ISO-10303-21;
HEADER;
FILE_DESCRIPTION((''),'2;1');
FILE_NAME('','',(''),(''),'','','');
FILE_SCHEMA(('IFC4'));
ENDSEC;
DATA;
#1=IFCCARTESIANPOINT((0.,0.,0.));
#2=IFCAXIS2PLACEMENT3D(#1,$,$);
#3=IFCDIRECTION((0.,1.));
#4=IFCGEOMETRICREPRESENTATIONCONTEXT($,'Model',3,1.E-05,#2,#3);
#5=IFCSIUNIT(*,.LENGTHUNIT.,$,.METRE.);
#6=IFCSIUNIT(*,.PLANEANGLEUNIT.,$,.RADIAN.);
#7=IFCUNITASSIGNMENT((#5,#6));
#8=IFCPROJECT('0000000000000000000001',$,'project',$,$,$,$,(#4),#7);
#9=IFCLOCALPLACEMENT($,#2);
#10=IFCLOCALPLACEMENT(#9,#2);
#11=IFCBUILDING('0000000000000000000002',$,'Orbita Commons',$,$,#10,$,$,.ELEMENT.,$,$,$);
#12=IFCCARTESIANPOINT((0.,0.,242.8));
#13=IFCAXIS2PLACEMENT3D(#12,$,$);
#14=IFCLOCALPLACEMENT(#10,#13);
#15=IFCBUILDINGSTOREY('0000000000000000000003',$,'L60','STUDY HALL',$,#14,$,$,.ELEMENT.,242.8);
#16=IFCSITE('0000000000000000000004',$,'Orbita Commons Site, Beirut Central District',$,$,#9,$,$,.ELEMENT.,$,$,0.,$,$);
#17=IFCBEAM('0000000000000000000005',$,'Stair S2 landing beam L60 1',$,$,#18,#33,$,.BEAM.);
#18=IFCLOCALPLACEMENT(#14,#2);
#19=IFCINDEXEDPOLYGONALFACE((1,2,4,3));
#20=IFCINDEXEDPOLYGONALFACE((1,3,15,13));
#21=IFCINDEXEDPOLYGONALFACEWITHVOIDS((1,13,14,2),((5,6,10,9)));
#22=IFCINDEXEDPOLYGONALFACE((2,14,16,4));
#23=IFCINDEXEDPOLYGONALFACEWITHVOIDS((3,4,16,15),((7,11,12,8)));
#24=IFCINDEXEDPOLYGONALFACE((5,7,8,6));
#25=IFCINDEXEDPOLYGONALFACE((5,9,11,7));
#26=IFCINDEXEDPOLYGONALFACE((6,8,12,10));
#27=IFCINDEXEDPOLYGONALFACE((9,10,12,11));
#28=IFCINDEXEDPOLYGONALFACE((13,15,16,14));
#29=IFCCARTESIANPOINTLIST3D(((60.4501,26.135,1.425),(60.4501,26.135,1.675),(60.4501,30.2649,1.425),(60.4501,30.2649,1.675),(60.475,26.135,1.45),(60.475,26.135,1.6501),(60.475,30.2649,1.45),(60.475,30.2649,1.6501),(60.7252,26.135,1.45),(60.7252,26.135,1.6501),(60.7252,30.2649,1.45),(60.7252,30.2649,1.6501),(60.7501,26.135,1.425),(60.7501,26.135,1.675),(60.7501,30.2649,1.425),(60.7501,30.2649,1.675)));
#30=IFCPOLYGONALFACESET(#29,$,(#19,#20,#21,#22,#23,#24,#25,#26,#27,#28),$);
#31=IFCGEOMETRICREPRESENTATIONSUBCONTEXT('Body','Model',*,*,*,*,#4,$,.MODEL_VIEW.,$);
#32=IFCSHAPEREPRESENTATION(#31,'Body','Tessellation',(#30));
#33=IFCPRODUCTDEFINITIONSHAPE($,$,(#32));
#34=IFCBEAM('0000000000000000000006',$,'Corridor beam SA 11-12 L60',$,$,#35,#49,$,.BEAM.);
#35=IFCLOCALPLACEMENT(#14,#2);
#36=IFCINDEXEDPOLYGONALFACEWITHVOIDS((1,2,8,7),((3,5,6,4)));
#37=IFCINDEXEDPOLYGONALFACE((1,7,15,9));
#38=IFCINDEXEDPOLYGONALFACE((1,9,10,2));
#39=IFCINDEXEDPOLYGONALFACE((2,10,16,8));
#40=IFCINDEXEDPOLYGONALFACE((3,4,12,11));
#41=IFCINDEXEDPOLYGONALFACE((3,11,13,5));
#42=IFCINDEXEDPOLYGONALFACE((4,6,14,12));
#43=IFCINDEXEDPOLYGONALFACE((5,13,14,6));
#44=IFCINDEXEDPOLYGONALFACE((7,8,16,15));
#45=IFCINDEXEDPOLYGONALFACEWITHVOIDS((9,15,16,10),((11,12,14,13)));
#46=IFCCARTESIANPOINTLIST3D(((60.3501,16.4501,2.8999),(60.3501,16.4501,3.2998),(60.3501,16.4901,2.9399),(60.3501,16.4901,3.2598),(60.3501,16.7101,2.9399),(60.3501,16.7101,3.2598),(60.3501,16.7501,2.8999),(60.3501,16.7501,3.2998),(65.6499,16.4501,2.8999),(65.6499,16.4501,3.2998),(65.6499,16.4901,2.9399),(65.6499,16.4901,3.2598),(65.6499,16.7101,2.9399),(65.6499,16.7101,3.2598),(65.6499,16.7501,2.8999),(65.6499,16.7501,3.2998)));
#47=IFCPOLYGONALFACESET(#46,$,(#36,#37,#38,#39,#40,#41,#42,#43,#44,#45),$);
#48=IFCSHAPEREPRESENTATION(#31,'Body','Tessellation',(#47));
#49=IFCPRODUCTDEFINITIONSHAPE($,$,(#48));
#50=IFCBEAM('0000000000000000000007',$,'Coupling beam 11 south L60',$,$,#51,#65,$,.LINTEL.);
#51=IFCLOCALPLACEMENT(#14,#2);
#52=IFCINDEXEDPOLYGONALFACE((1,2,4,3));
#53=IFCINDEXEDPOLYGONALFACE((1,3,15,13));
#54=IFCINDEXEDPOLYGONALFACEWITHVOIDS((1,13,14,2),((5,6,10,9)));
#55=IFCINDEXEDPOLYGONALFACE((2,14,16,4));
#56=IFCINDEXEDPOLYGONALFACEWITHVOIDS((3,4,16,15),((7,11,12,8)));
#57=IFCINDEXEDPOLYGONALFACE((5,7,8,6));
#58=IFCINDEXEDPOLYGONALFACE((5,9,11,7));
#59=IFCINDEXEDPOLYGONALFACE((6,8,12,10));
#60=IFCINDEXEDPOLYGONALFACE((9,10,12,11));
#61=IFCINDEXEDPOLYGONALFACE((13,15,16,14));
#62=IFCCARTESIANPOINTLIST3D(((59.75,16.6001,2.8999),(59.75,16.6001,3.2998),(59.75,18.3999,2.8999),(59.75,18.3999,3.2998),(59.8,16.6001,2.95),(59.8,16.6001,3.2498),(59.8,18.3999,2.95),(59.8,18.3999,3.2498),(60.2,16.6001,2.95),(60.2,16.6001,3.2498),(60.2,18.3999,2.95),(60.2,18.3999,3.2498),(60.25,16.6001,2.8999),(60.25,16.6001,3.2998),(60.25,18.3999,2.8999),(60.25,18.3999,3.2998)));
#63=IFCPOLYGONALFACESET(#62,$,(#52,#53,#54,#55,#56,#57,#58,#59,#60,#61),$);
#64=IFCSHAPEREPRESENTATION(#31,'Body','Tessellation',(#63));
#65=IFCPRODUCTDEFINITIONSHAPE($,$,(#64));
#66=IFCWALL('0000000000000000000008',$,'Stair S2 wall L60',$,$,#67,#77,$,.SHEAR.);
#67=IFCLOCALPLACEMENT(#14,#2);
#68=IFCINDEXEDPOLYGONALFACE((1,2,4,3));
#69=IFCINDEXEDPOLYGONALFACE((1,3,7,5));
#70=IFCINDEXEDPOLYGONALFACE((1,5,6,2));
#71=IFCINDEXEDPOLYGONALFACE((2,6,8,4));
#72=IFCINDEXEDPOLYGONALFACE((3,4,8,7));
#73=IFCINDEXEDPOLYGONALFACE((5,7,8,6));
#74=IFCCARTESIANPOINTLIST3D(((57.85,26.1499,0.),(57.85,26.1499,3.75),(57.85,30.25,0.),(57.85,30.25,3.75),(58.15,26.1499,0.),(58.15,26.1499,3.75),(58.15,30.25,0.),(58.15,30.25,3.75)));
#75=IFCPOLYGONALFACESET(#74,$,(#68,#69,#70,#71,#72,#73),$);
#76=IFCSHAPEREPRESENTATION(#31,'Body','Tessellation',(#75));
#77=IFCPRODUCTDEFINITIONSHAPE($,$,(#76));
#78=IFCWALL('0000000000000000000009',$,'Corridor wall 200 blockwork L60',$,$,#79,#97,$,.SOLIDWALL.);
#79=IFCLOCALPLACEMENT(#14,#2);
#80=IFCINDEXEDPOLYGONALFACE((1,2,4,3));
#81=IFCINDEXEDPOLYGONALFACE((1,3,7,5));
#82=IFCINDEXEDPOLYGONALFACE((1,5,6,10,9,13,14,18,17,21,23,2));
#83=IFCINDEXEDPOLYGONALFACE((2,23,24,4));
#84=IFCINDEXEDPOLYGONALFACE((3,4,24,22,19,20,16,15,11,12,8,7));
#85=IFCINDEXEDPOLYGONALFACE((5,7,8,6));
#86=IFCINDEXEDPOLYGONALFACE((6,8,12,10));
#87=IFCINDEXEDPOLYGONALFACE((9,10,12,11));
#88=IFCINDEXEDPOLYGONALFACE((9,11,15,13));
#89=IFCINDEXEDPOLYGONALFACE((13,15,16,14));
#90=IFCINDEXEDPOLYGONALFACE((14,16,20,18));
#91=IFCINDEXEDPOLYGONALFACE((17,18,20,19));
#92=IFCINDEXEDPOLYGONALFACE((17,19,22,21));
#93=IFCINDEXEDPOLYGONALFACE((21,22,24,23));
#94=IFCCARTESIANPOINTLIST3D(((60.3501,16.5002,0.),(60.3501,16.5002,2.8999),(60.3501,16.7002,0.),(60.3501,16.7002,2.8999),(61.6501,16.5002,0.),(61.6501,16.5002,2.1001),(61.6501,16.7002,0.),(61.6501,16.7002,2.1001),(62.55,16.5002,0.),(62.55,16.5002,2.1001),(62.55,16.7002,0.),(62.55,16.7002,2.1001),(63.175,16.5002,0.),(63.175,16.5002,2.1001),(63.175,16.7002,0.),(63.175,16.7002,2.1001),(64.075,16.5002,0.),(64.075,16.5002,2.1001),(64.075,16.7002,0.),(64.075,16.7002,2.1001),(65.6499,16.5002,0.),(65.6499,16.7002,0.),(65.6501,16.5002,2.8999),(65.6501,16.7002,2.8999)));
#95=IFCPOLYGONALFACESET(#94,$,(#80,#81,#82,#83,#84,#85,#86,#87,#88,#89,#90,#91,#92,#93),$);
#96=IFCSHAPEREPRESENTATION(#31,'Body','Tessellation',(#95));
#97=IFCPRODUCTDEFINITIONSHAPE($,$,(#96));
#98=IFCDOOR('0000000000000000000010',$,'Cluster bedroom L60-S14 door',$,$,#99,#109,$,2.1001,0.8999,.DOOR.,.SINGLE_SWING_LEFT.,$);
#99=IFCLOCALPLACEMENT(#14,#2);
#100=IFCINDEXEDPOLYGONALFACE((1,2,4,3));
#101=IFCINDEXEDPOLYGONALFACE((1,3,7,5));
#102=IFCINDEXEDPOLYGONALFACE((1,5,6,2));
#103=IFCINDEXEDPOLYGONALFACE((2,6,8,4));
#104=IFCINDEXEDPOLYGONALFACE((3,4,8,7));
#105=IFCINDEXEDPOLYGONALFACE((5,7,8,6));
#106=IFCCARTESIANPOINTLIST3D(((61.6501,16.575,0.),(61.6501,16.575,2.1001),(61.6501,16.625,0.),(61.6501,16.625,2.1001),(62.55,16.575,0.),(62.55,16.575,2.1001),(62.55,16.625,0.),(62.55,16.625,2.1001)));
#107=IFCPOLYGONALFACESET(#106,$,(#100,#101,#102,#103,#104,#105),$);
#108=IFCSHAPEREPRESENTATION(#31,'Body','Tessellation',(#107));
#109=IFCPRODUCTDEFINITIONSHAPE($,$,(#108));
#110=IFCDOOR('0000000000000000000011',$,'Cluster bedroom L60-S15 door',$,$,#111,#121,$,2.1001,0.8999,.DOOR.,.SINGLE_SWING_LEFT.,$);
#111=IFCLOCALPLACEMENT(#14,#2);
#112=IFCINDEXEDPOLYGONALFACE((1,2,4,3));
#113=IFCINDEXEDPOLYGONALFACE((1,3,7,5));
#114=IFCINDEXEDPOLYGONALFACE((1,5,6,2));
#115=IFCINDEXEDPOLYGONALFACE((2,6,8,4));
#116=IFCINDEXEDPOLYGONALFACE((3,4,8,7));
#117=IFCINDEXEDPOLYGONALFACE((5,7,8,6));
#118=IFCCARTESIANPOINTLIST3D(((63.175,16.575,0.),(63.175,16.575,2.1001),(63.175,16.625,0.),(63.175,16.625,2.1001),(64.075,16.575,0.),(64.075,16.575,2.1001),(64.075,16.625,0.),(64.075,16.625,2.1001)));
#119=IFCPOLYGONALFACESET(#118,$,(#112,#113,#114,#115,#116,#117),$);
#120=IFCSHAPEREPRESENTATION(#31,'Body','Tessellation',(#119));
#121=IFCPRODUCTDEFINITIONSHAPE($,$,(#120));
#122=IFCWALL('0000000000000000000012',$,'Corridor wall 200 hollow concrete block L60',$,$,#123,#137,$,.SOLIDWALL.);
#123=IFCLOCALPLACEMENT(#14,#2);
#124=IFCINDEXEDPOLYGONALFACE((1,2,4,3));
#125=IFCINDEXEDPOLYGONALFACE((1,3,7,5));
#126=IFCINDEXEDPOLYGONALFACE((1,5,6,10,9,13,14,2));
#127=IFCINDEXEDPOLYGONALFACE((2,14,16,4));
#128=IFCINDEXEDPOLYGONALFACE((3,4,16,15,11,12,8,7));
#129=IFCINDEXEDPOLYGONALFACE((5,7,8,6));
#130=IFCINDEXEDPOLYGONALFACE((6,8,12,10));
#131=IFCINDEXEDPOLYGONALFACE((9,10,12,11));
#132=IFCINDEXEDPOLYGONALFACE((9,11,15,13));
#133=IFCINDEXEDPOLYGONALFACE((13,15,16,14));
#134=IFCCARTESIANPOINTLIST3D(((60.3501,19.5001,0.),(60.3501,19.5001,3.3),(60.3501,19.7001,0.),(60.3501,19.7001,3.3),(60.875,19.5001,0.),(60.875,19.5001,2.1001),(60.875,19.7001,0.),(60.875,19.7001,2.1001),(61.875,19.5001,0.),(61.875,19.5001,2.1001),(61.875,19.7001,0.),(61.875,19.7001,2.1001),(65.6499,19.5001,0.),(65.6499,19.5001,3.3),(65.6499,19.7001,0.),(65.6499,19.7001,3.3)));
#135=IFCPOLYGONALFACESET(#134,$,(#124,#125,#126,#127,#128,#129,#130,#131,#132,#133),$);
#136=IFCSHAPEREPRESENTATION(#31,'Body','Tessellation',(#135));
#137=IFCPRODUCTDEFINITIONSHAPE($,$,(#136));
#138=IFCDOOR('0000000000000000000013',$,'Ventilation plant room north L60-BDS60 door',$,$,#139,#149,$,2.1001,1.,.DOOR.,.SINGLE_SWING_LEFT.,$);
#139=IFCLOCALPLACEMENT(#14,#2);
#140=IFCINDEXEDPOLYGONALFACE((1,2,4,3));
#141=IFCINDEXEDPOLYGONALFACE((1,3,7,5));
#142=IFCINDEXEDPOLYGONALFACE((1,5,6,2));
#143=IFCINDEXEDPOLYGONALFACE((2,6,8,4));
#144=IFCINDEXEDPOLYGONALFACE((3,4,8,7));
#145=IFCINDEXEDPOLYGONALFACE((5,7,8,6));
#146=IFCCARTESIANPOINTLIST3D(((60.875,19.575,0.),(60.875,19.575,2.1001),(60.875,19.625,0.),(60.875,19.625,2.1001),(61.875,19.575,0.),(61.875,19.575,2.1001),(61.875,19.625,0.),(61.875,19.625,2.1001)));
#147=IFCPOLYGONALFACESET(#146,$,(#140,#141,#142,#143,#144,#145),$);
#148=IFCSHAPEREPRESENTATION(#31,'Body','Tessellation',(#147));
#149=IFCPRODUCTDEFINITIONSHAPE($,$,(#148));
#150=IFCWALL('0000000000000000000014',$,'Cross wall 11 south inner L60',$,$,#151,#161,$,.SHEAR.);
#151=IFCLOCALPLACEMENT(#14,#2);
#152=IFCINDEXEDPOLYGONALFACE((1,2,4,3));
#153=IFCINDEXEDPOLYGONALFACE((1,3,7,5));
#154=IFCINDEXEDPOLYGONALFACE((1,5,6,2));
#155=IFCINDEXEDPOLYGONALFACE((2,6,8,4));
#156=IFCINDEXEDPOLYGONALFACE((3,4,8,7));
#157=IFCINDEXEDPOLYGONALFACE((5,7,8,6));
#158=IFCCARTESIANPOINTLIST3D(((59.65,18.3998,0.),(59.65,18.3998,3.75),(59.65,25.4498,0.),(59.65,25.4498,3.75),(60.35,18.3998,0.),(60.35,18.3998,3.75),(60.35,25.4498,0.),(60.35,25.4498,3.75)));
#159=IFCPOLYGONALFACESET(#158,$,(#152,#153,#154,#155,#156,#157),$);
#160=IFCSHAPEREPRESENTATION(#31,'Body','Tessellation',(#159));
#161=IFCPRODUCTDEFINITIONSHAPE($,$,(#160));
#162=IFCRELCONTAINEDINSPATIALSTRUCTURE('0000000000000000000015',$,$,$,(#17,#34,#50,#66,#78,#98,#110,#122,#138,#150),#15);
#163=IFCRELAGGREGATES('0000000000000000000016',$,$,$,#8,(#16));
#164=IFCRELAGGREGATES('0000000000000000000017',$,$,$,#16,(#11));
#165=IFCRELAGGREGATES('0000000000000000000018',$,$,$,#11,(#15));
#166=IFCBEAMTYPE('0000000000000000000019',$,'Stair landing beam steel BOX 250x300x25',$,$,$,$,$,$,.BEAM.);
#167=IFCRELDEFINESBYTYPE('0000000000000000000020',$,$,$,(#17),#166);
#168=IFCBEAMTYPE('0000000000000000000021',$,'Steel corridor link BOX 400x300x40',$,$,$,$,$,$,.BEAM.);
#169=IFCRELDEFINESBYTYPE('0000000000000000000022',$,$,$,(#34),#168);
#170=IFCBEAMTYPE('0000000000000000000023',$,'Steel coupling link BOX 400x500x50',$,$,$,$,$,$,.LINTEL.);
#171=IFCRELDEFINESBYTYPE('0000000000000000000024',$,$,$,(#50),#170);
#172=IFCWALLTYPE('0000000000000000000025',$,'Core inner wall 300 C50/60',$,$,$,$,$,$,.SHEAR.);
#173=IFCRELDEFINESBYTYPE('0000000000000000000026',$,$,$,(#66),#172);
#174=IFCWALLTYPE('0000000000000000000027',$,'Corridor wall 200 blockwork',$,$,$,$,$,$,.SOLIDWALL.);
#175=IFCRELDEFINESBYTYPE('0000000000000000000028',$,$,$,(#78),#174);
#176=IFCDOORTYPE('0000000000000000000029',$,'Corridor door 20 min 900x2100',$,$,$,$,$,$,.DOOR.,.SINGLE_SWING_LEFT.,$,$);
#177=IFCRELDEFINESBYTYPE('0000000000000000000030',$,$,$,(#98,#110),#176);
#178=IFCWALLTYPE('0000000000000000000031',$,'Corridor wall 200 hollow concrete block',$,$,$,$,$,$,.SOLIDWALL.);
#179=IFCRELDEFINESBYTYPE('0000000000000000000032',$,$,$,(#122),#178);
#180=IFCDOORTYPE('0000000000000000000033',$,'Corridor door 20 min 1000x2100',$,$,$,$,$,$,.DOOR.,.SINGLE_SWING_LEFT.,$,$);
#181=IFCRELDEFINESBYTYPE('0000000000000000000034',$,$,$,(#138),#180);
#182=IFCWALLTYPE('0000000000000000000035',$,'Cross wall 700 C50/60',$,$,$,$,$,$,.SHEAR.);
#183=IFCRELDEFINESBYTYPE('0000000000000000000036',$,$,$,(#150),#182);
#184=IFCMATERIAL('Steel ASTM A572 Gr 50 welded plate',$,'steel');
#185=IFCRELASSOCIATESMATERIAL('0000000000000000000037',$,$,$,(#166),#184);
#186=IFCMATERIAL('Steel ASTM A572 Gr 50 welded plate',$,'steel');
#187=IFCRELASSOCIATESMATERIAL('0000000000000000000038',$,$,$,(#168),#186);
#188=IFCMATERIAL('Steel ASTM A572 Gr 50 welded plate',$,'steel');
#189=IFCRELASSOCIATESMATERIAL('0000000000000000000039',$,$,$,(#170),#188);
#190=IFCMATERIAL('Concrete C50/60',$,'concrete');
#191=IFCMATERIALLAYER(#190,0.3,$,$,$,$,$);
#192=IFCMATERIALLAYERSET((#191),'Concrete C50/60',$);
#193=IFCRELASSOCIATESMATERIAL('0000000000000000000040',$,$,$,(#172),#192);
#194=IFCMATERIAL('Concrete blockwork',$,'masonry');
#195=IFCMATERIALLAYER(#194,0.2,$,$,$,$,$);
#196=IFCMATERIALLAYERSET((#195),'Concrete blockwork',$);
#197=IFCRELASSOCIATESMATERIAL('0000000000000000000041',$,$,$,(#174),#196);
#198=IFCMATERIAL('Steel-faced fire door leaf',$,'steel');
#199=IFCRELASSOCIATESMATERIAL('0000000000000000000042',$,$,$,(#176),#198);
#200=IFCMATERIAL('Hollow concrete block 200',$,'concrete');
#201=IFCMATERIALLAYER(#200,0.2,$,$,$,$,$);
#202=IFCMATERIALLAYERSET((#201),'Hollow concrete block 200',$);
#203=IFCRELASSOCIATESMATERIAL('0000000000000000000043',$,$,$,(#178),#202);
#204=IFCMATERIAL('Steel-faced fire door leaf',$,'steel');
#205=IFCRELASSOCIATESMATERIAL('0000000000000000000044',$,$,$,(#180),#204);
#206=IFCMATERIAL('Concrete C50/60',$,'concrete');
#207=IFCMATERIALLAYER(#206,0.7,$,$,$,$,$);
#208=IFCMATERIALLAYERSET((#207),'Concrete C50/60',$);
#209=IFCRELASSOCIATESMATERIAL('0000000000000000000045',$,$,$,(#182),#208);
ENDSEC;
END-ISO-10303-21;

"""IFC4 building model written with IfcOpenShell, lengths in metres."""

from ifc_helpers import new_model, si_unit, direction, frame, frame_2d, origin, origin_2d, place, context, subcontext, project, spatial, polyline, rectangle, hollow_rectangle, outline, extrude, material, layer, layer_set, material_profile, profile_set, type_object, element, fill, save


model = new_model("IFC4")

# Units and contexts
model_context = context("Model", 3, precision=1e-05, world=origin(), true_north=direction((0.0, 1.0)))
body_context = subcontext(model_context, "Body", "Model", "MODEL_VIEW")
ifc_project = project(units=[si_unit("LENGTHUNIT", "METRE"), si_unit("PLANEANGLEUNIT", "RADIAN")], contexts=[model_context])

# Site, building, storey
site_placement = place(None, origin())
site = spatial("IfcSite", under=ifc_project, at=site_placement, Name="Orbita Commons Site, Beirut Central District", CompositionType="ELEMENT", RefElevation=0.0)
building_placement = place(site_placement, origin())
building = spatial("IfcBuilding", under=site, at=building_placement, Name="Orbita Commons", CompositionType="ELEMENT")
storey_placement = place(building_placement, frame((0.0, 0.0, 242.8)))
storey = spatial("IfcBuildingStorey", under=building, at=storey_placement, Name="L60", Description="STUDY HALL", CompositionType="ELEMENT", Elevation=242.8)

# Beams
ifc_material_1 = material(Name="Steel ASTM A572 Gr 50 welded plate", Category="steel")
ifc_material_profile_1 = material_profile(ifc_material_1, hollow_rectangle(XDim=0.3, YDim=0.25, WallThickness=0.0249, at=origin_2d()), Name="BOX 250x300x25")
ifc_profile_set_1 = profile_set([ifc_material_profile_1], Name="Steel ASTM A572 Gr 50 welded plate")
beam_type_1 = type_object("IfcBeamType", Name="Stair landing beam steel BOX 250x300x25", PredefinedType="BEAM", material=ifc_profile_set_1)
beam_1_placement = place(storey_placement, frame((60.6001, 26.135, 1.55), z_axis=(0.0, 1.0, 0.0), x_axis=(-1.0, 0.0, 0.0)))
element("IfcBeam", 1, at=beam_1_placement, inside=storey, type_object=beam_type_1, Name="Stair S2 landing beam L60 1", PredefinedType="BEAM", context=body_context, shape_type="SweptSolid", body=[
    extrude(hollow_rectangle(XDim=0.3, YDim=0.25, WallThickness=0.0249, at=origin_2d()), origin(), (0.0, 0.0, 1.0), 4.1299),
])
ifc_material_2 = material(Name="Steel ASTM A572 Gr 50 welded plate", Category="steel")
ifc_material_profile_2 = material_profile(ifc_material_2, hollow_rectangle(XDim=0.3, YDim=0.3999, WallThickness=0.04, at=origin_2d()), Name="BOX 400x300x40")
ifc_profile_set_2 = profile_set([ifc_material_profile_2], Name="Steel ASTM A572 Gr 50 welded plate")
beam_type_2 = type_object("IfcBeamType", Name="Steel corridor link BOX 400x300x40", PredefinedType="BEAM", material=ifc_profile_set_2)
beam_2_placement = place(storey_placement, frame((60.3501, 16.6001, 3.0999), z_axis=(1.0, 0.0, 0.0), x_axis=(0.0, 1.0, 0.0)))
element("IfcBeam", 2, at=beam_2_placement, inside=storey, type_object=beam_type_2, Name="Corridor beam SA 11-12 L60", PredefinedType="BEAM", context=body_context, shape_type="SweptSolid", body=[
    extrude(hollow_rectangle(XDim=0.3, YDim=0.3999, WallThickness=0.04, at=origin_2d()), origin(), (0.0, 0.0, 1.0), 5.2998),
])
ifc_material_3 = material(Name="Steel ASTM A572 Gr 50 welded plate", Category="steel")
ifc_material_profile_3 = material_profile(ifc_material_3, hollow_rectangle(XDim=0.5, YDim=0.3999, WallThickness=0.05, at=origin_2d()), Name="BOX 400x500x50")
ifc_profile_set_3 = profile_set([ifc_material_profile_3], Name="Steel ASTM A572 Gr 50 welded plate")
beam_type_3 = type_object("IfcBeamType", Name="Steel coupling link BOX 400x500x50", PredefinedType="LINTEL", material=ifc_profile_set_3)
beam_3_placement = place(storey_placement, frame((60.0, 16.6001, 3.0999), z_axis=(0.0, 1.0, 0.0), x_axis=(-1.0, 0.0, 0.0)))
element("IfcBeam", 3, at=beam_3_placement, inside=storey, type_object=beam_type_3, Name="Coupling beam 11 south L60", PredefinedType="LINTEL", context=body_context, shape_type="SweptSolid", body=[
    extrude(hollow_rectangle(XDim=0.5, YDim=0.3999, WallThickness=0.05, at=origin_2d()), origin(), (0.0, 0.0, 1.0), 1.7998),
])

# Wall
ifc_material_4 = material(Name="Concrete C50/60", Category="concrete")
ifc_layer_1 = layer(ifc_material_4, 0.3)
ifc_layer_set_1 = layer_set([ifc_layer_1], Name="Concrete C50/60")
wall_type_1 = type_object("IfcWallType", Name="Core inner wall 300 C50/60", PredefinedType="SHEAR", material=ifc_layer_set_1)
wall_1_placement = place(storey_placement, frame((58.0, 26.1499, 0.0), z_axis=(0.0, 0.0, 1.0), x_axis=(0.0, 1.0, 0.0)))
element("IfcWall", 4, at=wall_1_placement, inside=storey, type_object=wall_type_1, Name="Stair S2 wall L60", PredefinedType="SHEAR", context=body_context, shape_type="SweptSolid", body=[
    extrude(rectangle(XDim=4.1001, YDim=0.3, at=frame_2d((2.05, 0.0))), origin(), (0.0, 0.0, 1.0), 3.75),
])

# Wall, openings, doors
ifc_material_5 = material(Name="Concrete blockwork", Category="masonry")
ifc_layer_2 = layer(ifc_material_5, 0.2)
ifc_layer_set_2 = layer_set([ifc_layer_2], Name="Concrete blockwork")
wall_type_2 = type_object("IfcWallType", Name="Corridor wall 200 blockwork", PredefinedType="SOLIDWALL", material=ifc_layer_set_2)
wall_2_placement = place(storey_placement, frame((60.3501, 16.6001, 0.0), z_axis=(0.0, 0.0, 1.0), x_axis=(1.0, 0.0, 0.0)))
wall_2 = element("IfcWall", 5, at=wall_2_placement, inside=storey, type_object=wall_type_2, Name="Corridor wall 200 blockwork L60", PredefinedType="SOLIDWALL", context=body_context, shape_type="SweptSolid", body=[
    extrude(outline(polyline([(0.0, 0.0), (5.2998, 0.0), (5.3, 2.8999), (0.0, 2.8999), (0.0, 0.0)])), frame((0.0, 0.1001, 0.0), z_axis=(0.0, -1.0, 0.0), x_axis=(1.0, 0.0, 0.0)), (0.0, 0.0, 1.0), 0.2),
])
opening_1_placement = place(wall_2_placement, frame((1.3, 0.0, 0.0)))
opening_1 = element("IfcOpeningElement", 6, at=opening_1_placement, cuts=wall_2, PredefinedType="OPENING", context=body_context, shape_type="SweptSolid", body=[
    extrude(rectangle(XDim=0.8999, YDim=2.1001, at=frame_2d((0.45, 1.05))), frame((0.0, 0.1099, 0.0), z_axis=(0.0, -1.0, 0.0), x_axis=(1.0, 0.0, 0.0)), (0.0, 0.0, 1.0), 0.22),
])
opening_2_placement = place(wall_2_placement, frame((2.825, 0.0, 0.0)))
opening_2 = element("IfcOpeningElement", 7, at=opening_2_placement, cuts=wall_2, PredefinedType="OPENING", context=body_context, shape_type="SweptSolid", body=[
    extrude(rectangle(XDim=0.8999, YDim=2.1001, at=frame_2d((0.45, 1.05))), frame((0.0, 0.1099, 0.0), z_axis=(0.0, -1.0, 0.0), x_axis=(1.0, 0.0, 0.0)), (0.0, 0.0, 1.0), 0.22),
])
ifc_material_6 = material(Name="Steel-faced fire door leaf", Category="steel")
door_type_1 = type_object("IfcDoorType", Name="Corridor door 20 min 900x2100", OperationType="SINGLE_SWING_LEFT", PredefinedType="DOOR", material=ifc_material_6)
door_1_placement = place(opening_1_placement, origin())
door_1 = element("IfcDoor", 8, at=door_1_placement, inside=storey, type_object=door_type_1, Name="Cluster bedroom L60-S14 door", OperationType="SINGLE_SWING_LEFT", OverallHeight=2.1001, OverallWidth=0.8999, PredefinedType="DOOR", context=body_context, shape_type="SweptSolid", body=[
    extrude(rectangle(XDim=0.8999, YDim=2.1001, at=frame_2d((0.45, 1.05))), frame((0.0, 0.0249, 0.0), z_axis=(0.0, -1.0, 0.0), x_axis=(1.0, 0.0, 0.0)), (0.0, 0.0, 1.0), 0.05),
])
fill(opening_1, door_1)
door_2_placement = place(opening_2_placement, origin())
door_2 = element("IfcDoor", 9, at=door_2_placement, inside=storey, type_object=door_type_1, Name="Cluster bedroom L60-S15 door", OperationType="SINGLE_SWING_LEFT", OverallHeight=2.1001, OverallWidth=0.8999, PredefinedType="DOOR", context=body_context, shape_type="SweptSolid", body=[
    extrude(rectangle(XDim=0.8999, YDim=2.1001, at=frame_2d((0.45, 1.05))), frame((0.0, 0.0249, 0.0), z_axis=(0.0, -1.0, 0.0), x_axis=(1.0, 0.0, 0.0)), (0.0, 0.0, 1.0), 0.05),
])
fill(opening_2, door_2)

# Wall, opening, door
ifc_material_7 = material(Name="Hollow concrete block 200", Category="concrete")
ifc_layer_3 = layer(ifc_material_7, 0.2)
ifc_layer_set_3 = layer_set([ifc_layer_3], Name="Hollow concrete block 200")
wall_type_3 = type_object("IfcWallType", Name="Corridor wall 200 hollow concrete block", PredefinedType="SOLIDWALL", material=ifc_layer_set_3)
wall_3_placement = place(storey_placement, frame((60.3501, 19.6001, 0.0), z_axis=(0.0, 0.0, 1.0), x_axis=(1.0, 0.0, 0.0)))
wall_3 = element("IfcWall", 10, at=wall_3_placement, inside=storey, type_object=wall_type_3, Name="Corridor wall 200 hollow concrete block L60", PredefinedType="SOLIDWALL", context=body_context, shape_type="SweptSolid", body=[
    extrude(rectangle(XDim=5.2998, YDim=0.2, at=frame_2d((2.6499, 0.0))), origin(), (0.0, 0.0, 1.0), 3.3),
])
opening_3_placement = place(wall_3_placement, frame((0.5249, 0.0, 0.0)))
opening_3 = element("IfcOpeningElement", 11, at=opening_3_placement, cuts=wall_3, PredefinedType="OPENING", context=body_context, shape_type="SweptSolid", body=[
    extrude(rectangle(XDim=1.0, YDim=2.1001, at=frame_2d((0.5, 1.05))), frame((0.0, 0.1099, 0.0), z_axis=(0.0, -1.0, 0.0), x_axis=(1.0, 0.0, 0.0)), (0.0, 0.0, 1.0), 0.22),
])
ifc_material_8 = material(Name="Steel-faced fire door leaf", Category="steel")
door_type_2 = type_object("IfcDoorType", Name="Corridor door 20 min 1000x2100", OperationType="SINGLE_SWING_LEFT", PredefinedType="DOOR", material=ifc_material_8)
door_3_placement = place(opening_3_placement, origin())
door_3 = element("IfcDoor", 12, at=door_3_placement, inside=storey, type_object=door_type_2, Name="Ventilation plant room north L60-BDS60 door", OperationType="SINGLE_SWING_LEFT", OverallHeight=2.1001, OverallWidth=1.0, PredefinedType="DOOR", context=body_context, shape_type="SweptSolid", body=[
    extrude(rectangle(XDim=1.0, YDim=2.1001, at=frame_2d((0.5, 1.05))), frame((0.0, 0.0249, 0.0), z_axis=(0.0, -1.0, 0.0), x_axis=(1.0, 0.0, 0.0)), (0.0, 0.0, 1.0), 0.05),
])
fill(opening_3, door_3)

# Wall
ifc_material_9 = material(Name="Concrete C50/60", Category="concrete")
ifc_layer_4 = layer(ifc_material_9, 0.7)
ifc_layer_set_4 = layer_set([ifc_layer_4], Name="Concrete C50/60")
wall_type_4 = type_object("IfcWallType", Name="Cross wall 700 C50/60", PredefinedType="SHEAR", material=ifc_layer_set_4)
wall_4_placement = place(storey_placement, frame((60.0, 18.3999, 0.0), z_axis=(0.0, 0.0, 1.0), x_axis=(0.0, 1.0, 0.0)))
element("IfcWall", 13, at=wall_4_placement, inside=storey, type_object=wall_type_4, Name="Cross wall 11 south inner L60", PredefinedType="SHEAR", context=body_context, shape_type="SweptSolid", body=[
    extrude(rectangle(XDim=7.05, YDim=0.7, at=frame_2d((3.5249, 0.0))), origin(), (0.0, 0.0, 1.0), 3.75),
])

save(model, "model.ifc")
